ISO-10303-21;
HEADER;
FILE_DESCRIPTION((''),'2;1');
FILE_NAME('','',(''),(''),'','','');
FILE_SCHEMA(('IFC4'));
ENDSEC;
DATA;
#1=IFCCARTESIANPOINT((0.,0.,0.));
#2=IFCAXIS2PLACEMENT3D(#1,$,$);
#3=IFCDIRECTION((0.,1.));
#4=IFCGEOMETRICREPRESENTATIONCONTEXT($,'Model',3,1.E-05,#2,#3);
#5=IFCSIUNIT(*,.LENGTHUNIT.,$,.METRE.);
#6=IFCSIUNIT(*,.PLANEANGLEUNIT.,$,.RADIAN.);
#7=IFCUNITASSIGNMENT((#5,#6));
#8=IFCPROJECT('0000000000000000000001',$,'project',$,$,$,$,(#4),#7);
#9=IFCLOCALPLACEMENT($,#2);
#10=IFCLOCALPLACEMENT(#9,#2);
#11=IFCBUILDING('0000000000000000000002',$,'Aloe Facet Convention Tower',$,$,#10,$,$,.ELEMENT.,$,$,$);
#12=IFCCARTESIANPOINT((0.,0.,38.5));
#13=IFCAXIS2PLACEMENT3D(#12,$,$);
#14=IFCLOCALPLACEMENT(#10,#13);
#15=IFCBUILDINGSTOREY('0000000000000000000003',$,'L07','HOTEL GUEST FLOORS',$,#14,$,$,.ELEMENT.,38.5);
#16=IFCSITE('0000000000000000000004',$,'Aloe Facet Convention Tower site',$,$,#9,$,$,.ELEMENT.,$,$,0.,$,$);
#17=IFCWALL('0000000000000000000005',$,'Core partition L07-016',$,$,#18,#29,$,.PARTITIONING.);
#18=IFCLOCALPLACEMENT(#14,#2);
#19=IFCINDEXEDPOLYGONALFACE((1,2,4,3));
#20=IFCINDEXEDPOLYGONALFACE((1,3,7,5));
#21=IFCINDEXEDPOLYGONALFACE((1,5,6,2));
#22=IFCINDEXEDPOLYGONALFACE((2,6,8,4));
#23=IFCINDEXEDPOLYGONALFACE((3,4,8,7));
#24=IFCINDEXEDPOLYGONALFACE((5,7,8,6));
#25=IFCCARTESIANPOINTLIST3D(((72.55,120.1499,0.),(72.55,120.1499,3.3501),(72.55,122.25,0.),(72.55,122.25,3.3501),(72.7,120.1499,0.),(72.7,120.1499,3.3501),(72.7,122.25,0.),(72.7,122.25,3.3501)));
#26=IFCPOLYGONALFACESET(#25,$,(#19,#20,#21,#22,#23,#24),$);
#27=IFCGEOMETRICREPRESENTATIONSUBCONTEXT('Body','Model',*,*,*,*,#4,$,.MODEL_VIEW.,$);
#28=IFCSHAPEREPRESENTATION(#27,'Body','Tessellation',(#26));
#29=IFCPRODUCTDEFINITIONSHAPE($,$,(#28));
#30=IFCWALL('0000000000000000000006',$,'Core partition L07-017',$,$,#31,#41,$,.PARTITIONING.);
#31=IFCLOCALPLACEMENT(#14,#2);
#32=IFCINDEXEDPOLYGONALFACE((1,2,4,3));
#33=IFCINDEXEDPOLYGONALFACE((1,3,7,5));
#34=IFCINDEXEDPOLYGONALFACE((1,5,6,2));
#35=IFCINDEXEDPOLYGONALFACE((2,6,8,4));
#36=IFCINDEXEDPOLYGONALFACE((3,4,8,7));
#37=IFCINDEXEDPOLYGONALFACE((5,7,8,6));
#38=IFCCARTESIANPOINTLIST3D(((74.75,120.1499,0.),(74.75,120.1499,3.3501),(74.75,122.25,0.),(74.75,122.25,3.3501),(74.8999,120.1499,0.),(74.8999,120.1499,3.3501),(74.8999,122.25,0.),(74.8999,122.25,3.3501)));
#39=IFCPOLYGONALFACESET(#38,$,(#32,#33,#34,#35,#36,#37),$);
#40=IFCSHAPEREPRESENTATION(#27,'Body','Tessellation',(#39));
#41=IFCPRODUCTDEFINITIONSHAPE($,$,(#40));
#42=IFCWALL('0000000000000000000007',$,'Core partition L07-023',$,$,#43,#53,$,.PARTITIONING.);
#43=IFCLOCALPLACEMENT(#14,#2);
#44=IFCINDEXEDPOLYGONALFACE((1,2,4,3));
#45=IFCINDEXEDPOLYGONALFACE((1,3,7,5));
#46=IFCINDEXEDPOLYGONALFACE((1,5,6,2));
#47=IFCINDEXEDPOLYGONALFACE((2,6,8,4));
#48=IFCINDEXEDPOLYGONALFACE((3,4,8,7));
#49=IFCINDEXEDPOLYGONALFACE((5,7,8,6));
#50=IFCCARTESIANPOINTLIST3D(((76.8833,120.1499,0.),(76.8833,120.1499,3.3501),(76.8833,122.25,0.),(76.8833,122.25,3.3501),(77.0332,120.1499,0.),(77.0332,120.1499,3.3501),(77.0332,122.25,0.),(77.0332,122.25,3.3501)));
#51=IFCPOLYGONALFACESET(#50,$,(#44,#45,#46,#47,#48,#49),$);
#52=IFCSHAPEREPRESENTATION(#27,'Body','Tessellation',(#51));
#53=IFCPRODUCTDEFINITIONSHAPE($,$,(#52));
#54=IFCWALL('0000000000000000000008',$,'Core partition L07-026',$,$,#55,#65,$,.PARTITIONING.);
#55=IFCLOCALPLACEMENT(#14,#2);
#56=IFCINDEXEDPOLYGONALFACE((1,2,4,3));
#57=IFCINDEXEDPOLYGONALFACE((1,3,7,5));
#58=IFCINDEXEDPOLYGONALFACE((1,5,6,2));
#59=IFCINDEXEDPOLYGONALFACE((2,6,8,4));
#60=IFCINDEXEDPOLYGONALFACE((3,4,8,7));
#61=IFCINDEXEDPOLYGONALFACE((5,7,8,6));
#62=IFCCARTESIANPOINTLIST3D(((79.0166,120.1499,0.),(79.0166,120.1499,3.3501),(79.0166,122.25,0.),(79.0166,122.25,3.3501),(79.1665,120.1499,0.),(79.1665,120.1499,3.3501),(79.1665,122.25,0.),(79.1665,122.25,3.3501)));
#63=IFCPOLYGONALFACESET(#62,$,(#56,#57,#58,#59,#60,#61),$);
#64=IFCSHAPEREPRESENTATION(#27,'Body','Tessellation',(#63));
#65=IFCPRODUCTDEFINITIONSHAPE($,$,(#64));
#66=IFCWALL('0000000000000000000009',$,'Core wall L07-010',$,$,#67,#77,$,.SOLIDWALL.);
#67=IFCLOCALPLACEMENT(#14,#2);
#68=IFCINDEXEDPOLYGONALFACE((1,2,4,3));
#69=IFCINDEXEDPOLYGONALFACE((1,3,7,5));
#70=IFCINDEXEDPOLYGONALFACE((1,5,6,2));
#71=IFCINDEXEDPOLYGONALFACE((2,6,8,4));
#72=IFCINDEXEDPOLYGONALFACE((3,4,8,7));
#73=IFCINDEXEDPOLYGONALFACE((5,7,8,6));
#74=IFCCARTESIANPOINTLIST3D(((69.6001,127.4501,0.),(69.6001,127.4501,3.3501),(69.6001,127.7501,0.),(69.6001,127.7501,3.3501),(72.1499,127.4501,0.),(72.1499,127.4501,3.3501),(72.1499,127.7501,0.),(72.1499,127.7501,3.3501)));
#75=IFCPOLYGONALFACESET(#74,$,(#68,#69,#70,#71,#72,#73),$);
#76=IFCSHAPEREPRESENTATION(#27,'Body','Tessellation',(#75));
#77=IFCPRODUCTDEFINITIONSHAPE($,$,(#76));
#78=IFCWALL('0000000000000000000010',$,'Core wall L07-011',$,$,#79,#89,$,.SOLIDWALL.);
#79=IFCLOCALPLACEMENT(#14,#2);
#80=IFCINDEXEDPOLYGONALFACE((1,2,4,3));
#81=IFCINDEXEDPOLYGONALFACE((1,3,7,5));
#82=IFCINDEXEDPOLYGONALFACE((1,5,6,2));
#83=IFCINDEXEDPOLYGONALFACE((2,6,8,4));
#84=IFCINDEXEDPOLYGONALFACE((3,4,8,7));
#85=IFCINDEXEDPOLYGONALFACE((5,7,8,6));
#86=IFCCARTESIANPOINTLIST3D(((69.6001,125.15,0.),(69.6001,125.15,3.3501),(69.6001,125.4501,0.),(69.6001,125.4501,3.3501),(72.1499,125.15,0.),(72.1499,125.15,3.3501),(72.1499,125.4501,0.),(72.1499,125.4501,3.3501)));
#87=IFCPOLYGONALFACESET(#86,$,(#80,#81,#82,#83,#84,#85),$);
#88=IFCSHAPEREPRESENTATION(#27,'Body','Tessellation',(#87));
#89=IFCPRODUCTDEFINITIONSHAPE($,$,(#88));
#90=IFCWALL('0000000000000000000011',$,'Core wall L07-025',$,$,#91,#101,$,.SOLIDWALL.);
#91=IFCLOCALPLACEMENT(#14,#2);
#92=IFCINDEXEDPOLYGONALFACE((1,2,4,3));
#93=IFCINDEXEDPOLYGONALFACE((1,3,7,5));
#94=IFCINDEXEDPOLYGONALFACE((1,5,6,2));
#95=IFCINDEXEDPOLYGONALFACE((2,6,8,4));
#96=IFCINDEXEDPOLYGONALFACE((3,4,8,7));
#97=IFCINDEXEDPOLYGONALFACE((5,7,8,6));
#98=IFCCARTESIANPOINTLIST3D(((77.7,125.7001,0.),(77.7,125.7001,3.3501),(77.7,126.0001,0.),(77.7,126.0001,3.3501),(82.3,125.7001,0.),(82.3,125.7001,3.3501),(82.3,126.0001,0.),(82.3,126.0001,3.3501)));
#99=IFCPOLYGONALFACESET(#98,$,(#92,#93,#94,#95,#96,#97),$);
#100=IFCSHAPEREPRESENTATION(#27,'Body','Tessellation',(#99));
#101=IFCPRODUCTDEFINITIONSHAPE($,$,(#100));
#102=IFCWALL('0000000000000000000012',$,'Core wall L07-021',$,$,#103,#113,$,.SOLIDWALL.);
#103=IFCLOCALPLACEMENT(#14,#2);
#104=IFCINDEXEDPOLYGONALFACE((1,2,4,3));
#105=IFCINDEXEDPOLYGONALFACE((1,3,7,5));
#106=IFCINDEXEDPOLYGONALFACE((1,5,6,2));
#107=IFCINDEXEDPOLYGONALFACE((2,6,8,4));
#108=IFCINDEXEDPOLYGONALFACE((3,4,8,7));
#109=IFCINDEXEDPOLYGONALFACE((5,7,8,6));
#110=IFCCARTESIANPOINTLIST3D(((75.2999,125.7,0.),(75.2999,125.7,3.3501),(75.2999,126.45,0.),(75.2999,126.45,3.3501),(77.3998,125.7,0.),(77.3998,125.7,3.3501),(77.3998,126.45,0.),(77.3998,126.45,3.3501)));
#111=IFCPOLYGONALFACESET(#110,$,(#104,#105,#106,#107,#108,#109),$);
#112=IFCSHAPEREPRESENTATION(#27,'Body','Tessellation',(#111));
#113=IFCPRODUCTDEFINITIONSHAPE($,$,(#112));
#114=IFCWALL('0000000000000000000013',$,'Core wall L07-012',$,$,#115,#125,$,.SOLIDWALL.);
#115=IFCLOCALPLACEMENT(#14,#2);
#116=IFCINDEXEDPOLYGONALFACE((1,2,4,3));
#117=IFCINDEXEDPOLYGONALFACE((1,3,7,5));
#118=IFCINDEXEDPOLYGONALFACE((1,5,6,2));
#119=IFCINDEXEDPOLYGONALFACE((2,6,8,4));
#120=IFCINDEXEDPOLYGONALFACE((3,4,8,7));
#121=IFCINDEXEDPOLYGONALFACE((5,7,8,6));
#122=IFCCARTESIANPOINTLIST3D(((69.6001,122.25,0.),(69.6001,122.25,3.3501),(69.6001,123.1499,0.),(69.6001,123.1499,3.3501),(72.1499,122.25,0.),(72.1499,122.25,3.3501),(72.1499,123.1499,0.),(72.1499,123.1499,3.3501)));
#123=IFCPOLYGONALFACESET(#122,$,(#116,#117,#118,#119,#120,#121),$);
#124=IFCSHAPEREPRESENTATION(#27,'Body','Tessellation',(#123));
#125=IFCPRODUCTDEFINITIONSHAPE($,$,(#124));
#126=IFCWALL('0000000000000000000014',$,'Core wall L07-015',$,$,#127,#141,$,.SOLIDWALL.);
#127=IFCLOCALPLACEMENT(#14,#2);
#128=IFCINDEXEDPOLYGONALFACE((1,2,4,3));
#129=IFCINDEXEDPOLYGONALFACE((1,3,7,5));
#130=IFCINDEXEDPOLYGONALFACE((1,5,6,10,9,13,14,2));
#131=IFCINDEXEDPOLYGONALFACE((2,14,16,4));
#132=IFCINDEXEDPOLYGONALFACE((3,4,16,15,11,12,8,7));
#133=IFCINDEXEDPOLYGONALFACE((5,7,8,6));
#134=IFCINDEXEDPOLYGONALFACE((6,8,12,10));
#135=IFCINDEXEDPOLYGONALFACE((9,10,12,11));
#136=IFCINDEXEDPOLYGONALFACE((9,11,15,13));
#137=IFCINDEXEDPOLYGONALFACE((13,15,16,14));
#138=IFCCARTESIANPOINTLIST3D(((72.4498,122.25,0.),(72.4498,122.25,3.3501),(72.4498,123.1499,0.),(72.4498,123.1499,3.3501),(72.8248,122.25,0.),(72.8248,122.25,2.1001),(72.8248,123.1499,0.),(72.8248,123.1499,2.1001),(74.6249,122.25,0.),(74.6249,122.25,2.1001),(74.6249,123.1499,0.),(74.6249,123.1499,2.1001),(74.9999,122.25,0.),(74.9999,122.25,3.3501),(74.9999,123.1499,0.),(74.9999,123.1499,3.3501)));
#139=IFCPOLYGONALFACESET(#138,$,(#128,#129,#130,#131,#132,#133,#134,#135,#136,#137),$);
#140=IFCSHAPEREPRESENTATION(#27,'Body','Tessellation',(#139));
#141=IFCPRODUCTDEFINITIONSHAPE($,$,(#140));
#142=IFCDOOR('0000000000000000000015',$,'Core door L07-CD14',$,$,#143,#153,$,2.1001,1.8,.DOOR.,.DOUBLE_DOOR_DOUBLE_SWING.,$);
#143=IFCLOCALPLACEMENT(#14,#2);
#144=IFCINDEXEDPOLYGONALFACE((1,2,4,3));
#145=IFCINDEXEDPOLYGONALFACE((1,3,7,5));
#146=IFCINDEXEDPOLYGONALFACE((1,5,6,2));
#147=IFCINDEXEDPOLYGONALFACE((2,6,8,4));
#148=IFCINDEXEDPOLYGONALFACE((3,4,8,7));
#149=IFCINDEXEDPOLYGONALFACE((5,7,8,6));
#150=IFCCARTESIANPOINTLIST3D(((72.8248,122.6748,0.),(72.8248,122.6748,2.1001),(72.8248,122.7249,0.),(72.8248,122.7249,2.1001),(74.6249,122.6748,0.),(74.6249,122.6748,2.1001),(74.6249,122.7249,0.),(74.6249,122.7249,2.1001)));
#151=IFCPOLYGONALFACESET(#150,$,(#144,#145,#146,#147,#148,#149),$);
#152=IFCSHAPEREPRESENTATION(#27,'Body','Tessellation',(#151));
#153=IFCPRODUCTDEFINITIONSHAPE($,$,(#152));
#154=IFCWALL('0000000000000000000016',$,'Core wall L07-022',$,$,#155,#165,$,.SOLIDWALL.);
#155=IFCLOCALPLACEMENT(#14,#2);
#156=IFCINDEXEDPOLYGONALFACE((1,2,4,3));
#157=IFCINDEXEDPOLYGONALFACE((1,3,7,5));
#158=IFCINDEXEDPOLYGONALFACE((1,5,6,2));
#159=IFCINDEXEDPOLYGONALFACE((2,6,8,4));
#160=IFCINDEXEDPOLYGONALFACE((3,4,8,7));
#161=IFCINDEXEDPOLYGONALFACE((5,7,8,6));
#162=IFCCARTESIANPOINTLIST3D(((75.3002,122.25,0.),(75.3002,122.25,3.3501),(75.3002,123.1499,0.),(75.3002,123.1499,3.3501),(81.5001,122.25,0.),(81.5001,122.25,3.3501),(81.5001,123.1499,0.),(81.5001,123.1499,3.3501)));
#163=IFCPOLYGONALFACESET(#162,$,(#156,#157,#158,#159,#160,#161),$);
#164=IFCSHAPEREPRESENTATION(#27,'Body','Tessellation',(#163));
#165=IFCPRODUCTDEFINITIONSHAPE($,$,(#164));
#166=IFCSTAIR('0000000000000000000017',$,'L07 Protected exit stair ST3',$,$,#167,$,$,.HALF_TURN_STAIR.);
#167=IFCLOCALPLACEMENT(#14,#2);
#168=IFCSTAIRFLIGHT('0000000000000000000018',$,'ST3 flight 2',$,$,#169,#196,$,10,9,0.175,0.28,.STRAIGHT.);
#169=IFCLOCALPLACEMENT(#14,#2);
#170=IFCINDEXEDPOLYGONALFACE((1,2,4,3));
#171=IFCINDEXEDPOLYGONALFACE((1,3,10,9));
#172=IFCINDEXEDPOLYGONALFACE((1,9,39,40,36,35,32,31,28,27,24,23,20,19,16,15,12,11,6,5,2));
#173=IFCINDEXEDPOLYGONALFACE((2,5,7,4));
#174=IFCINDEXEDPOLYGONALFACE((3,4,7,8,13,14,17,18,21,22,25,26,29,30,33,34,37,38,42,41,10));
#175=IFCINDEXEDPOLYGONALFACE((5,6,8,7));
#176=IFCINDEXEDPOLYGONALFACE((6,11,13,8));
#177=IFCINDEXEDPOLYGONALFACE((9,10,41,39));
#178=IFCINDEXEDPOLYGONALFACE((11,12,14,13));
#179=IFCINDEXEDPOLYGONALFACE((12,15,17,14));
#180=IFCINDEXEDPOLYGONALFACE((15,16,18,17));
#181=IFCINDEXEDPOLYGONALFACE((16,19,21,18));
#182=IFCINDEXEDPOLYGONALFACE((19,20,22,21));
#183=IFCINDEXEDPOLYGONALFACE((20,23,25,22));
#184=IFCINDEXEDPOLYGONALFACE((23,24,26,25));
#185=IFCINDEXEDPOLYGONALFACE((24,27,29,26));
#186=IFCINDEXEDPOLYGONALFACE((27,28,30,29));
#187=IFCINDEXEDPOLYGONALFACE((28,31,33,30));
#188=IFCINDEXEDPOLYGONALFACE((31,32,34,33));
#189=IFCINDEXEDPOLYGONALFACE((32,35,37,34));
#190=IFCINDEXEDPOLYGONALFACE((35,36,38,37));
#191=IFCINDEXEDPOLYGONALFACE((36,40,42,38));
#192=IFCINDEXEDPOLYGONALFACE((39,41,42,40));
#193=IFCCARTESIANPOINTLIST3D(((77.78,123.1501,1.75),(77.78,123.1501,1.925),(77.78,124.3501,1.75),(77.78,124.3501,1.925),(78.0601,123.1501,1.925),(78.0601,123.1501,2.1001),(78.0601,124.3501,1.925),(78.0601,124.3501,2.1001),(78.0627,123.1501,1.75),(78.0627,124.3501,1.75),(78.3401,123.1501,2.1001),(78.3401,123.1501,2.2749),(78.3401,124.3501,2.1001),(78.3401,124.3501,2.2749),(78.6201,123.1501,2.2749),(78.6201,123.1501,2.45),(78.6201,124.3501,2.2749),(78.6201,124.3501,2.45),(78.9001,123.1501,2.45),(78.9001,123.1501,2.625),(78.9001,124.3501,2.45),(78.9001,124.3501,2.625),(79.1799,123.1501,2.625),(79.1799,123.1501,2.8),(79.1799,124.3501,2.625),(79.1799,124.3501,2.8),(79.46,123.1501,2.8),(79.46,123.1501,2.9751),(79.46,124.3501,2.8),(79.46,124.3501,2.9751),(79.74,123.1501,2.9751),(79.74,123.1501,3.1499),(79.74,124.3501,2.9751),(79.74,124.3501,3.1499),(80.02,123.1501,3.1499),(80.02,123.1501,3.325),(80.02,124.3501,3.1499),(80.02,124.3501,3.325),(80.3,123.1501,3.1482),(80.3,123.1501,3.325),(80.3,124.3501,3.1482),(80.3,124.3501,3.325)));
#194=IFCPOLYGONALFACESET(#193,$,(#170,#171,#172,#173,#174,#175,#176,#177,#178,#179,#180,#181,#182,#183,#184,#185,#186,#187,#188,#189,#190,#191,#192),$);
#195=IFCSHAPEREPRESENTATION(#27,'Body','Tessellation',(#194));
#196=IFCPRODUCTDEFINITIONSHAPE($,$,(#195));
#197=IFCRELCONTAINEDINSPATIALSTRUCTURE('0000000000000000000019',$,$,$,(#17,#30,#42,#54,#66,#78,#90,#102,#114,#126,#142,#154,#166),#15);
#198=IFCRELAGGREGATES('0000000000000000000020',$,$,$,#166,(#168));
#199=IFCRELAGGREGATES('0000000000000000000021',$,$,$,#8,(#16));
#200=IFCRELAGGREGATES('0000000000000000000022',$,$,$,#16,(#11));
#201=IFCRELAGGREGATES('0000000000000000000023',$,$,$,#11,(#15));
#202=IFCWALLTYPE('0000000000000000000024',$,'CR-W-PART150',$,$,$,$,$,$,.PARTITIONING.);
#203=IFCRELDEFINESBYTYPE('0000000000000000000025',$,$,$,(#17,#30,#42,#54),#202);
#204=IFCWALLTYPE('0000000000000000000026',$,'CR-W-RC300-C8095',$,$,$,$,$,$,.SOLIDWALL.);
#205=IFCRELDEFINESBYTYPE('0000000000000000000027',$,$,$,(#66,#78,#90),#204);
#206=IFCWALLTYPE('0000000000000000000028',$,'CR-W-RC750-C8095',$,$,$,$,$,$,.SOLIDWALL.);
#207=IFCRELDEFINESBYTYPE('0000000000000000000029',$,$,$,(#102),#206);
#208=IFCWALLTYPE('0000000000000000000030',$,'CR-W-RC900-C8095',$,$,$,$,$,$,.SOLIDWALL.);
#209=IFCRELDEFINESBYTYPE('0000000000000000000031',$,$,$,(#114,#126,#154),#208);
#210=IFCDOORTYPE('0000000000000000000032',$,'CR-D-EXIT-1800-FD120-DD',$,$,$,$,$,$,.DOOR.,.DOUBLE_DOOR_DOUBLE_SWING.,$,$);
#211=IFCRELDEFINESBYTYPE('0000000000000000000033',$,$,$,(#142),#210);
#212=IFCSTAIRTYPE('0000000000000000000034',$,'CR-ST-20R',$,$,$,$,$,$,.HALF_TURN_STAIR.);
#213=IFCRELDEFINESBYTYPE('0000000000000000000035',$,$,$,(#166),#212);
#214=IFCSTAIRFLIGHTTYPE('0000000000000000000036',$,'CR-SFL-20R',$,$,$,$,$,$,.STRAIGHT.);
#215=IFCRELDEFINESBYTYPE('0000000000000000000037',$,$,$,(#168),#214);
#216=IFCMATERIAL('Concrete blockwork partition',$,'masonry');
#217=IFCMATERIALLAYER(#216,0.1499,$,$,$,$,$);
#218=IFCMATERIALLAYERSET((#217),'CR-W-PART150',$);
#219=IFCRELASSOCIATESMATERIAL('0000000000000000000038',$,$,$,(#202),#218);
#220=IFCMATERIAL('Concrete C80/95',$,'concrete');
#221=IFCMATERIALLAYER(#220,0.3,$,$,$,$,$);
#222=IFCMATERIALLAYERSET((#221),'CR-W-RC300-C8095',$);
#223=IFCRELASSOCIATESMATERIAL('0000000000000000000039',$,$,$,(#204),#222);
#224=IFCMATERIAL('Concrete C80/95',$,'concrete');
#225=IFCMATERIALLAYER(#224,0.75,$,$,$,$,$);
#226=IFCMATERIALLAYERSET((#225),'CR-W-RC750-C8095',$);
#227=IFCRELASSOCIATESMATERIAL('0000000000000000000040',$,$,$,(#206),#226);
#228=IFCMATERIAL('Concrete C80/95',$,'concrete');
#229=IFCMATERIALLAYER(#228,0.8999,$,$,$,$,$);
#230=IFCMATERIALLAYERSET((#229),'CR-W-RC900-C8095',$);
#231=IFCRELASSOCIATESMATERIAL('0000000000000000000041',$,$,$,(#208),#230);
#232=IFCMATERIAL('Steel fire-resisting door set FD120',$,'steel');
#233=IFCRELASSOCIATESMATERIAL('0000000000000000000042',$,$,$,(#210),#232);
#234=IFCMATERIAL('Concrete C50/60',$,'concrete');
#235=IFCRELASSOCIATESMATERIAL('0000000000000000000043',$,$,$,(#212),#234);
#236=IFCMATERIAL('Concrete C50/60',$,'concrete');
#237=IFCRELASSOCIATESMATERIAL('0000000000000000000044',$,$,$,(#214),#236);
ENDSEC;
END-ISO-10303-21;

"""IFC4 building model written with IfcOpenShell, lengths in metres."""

from ifc_helpers import new_model, si_unit, direction, frame, frame_2d, origin, place, context, subcontext, project, spatial, polyline, rectangle, outline, extrude, material, layer, layer_set, type_object, element, fill, aggregate, save


model = new_model("IFC4")

# Units and contexts
model_context = context("Model", 3, precision=1e-05, world=origin(), true_north=direction((0.0, 1.0)))
body_context = subcontext(model_context, "Body", "Model", "MODEL_VIEW")
ifc_project = project(units=[si_unit("LENGTHUNIT", "METRE"), si_unit("PLANEANGLEUNIT", "RADIAN")], contexts=[model_context])

# Site, building, storey
site_placement = place(None, origin())
site = spatial("IfcSite", under=ifc_project, at=site_placement, Name="Aloe Facet Convention Tower site", CompositionType="ELEMENT", RefElevation=0.0)
building_placement = place(site_placement, origin())
building = spatial("IfcBuilding", under=site, at=building_placement, Name="Aloe Facet Convention Tower", CompositionType="ELEMENT")
storey_placement = place(building_placement, frame((0.0, 0.0, 38.5)))
storey = spatial("IfcBuildingStorey", under=building, at=storey_placement, Name="L07", Description="HOTEL GUEST FLOORS", CompositionType="ELEMENT", Elevation=38.5)

# Walls
ifc_material_1 = material(Name="Concrete blockwork partition", Category="masonry")
ifc_layer_1 = layer(ifc_material_1, 0.1499)
ifc_layer_set_1 = layer_set([ifc_layer_1], Name="CR-W-PART150")
wall_type_1 = type_object("IfcWallType", Name="CR-W-PART150", PredefinedType="PARTITIONING", material=ifc_layer_set_1)
for number, where, z_axis, x_axis, name in (
    (1, (72.625, 122.25, 0.0), (0.0, 0.0, 1.0), (0.0, -1.0, 0.0), "Core partition L07-016"),
    (2, (74.825, 122.25, 0.0), (0.0, 0.0, 1.0), (0.0, -1.0, 0.0), "Core partition L07-017"),
    (3, (76.9583, 122.25, 0.0), (0.0, 0.0, 1.0), (0.0, -1.0, 0.0), "Core partition L07-023"),
    (4, (79.0916, 122.25, 0.0), (0.0, 0.0, 1.0), (0.0, -1.0, 0.0), "Core partition L07-026"),
):
    element("IfcWall", number, at=place(storey_placement, frame(where, z_axis=z_axis, x_axis=x_axis)), inside=storey, type_object=wall_type_1, Name=name, PredefinedType="PARTITIONING", context=body_context, shape_type="SweptSolid", body=[
        extrude(rectangle(XDim=2.1001, YDim=0.1499, at=frame_2d((1.05, 0.0))), origin(), (0.0, 0.0, 1.0), 3.3501),
    ])
ifc_material_2 = material(Name="Concrete C80/95", Category="concrete")
ifc_layer_2 = layer(ifc_material_2, 0.3)
ifc_layer_set_2 = layer_set([ifc_layer_2], Name="CR-W-RC300-C8095")
wall_type_2 = type_object("IfcWallType", Name="CR-W-RC300-C8095", PredefinedType="SOLIDWALL", material=ifc_layer_set_2)
for number, where, z_axis, x_axis, name in (
    (5, (69.6001, 127.6001, 0.0), (0.0, 0.0, 1.0), (1.0, 0.0, 0.0), "Core wall L07-010"),
    (6, (69.6001, 125.3, 0.0), (0.0, 0.0, 1.0), (1.0, 0.0, 0.0), "Core wall L07-011"),
):
    element("IfcWall", number, at=place(storey_placement, frame(where, z_axis=z_axis, x_axis=x_axis)), inside=storey, type_object=wall_type_2, Name=name, PredefinedType="SOLIDWALL", context=body_context, shape_type="SweptSolid", body=[
        extrude(rectangle(XDim=2.5498, YDim=0.3, at=frame_2d((1.2749, 0.0))), origin(), (0.0, 0.0, 1.0), 3.3501),
    ])
wall_1_placement = place(storey_placement, frame((77.7, 125.8501, 0.0), z_axis=(0.0, 0.0, 1.0), x_axis=(1.0, 0.0, 0.0)))
element("IfcWall", 7, at=wall_1_placement, inside=storey, type_object=wall_type_2, Name="Core wall L07-025", PredefinedType="SOLIDWALL", context=body_context, shape_type="SweptSolid", body=[
    extrude(rectangle(XDim=4.6001, YDim=0.3, at=frame_2d((2.3, 0.0))), origin(), (0.0, 0.0, 1.0), 3.3501),
])
ifc_material_3 = material(Name="Concrete C80/95", Category="concrete")
ifc_layer_3 = layer(ifc_material_3, 0.75)
ifc_layer_set_3 = layer_set([ifc_layer_3], Name="CR-W-RC750-C8095")
wall_type_3 = type_object("IfcWallType", Name="CR-W-RC750-C8095", PredefinedType="SOLIDWALL", material=ifc_layer_set_3)
wall_2_placement = place(storey_placement, frame((75.3, 126.075, 0.0), z_axis=(0.0, 0.0, 1.0), x_axis=(1.0, 0.0, 0.0)))
element("IfcWall", 8, at=wall_2_placement, inside=storey, type_object=wall_type_3, Name="Core wall L07-021", PredefinedType="SOLIDWALL", context=body_context, shape_type="SweptSolid", body=[
    extrude(rectangle(XDim=2.0999, YDim=0.75, at=frame_2d((1.0498, 0.0))), origin(), (0.0, 0.0, 1.0), 3.3501),
])
ifc_material_4 = material(Name="Concrete C80/95", Category="concrete")
ifc_layer_4 = layer(ifc_material_4, 0.8999)
ifc_layer_set_4 = layer_set([ifc_layer_4], Name="CR-W-RC900-C8095")
wall_type_4 = type_object("IfcWallType", Name="CR-W-RC900-C8095", PredefinedType="SOLIDWALL", material=ifc_layer_set_4)
wall_3_placement = place(storey_placement, frame((69.6001, 122.7, 0.0), z_axis=(0.0, 0.0, 1.0), x_axis=(1.0, 0.0, 0.0)))
element("IfcWall", 9, at=wall_3_placement, inside=storey, type_object=wall_type_4, Name="Core wall L07-012", PredefinedType="SOLIDWALL", context=body_context, shape_type="SweptSolid", body=[
    extrude(rectangle(XDim=2.5498, YDim=0.8999, at=frame_2d((1.2749, 0.0))), origin(), (0.0, 0.0, 1.0), 3.3501),
])

# Wall, opening, door
wall_4_placement = place(storey_placement, frame((72.45, 122.7, 0.0), z_axis=(0.0, 0.0, 1.0), x_axis=(1.0, 0.0, 0.0)))
wall_4 = element("IfcWall", 10, at=wall_4_placement, inside=storey, type_object=wall_type_4, Name="Core wall L07-015", PredefinedType="SOLIDWALL", context=body_context, shape_type="SweptSolid", body=[
    extrude(rectangle(XDim=2.55, YDim=0.8999, at=frame_2d((1.2749, 0.0))), origin(), (0.0, 0.0, 1.0), 3.3501),
])
opening_placement = place(wall_4_placement, frame((0.375, 0.0, 0.0)))
opening = element("IfcOpeningElement", 11, at=opening_placement, cuts=wall_4, PredefinedType="OPENING", context=body_context, shape_type="SweptSolid", body=[
    extrude(rectangle(XDim=1.8, YDim=2.1001, at=frame_2d((0.8999, 1.05))), frame((0.0, 0.46, 0.0), z_axis=(0.0, -1.0, 0.0), x_axis=(1.0, 0.0, 0.0)), (0.0, 0.0, 1.0), 0.9199),
])
ifc_material_5 = material(Name="Steel fire-resisting door set FD120", Category="steel")
door_type = type_object("IfcDoorType", Name="CR-D-EXIT-1800-FD120-DD", OperationType="DOUBLE_DOOR_DOUBLE_SWING", PredefinedType="DOOR", material=ifc_material_5)
door_placement = place(opening_placement, origin())
door = element("IfcDoor", 12, at=door_placement, inside=storey, type_object=door_type, Name="Core door L07-CD14", OperationType="DOUBLE_DOOR_DOUBLE_SWING", OverallHeight=2.1001, OverallWidth=1.8, PredefinedType="DOOR", context=body_context, shape_type="SweptSolid", body=[
    extrude(rectangle(XDim=1.8, YDim=2.1001, at=frame_2d((0.8999, 1.05))), frame((0.0, 0.0249, 0.0), z_axis=(0.0, -1.0, 0.0), x_axis=(1.0, 0.0, 0.0)), (0.0, 0.0, 1.0), 0.05),
])
fill(opening, door)

# Wall
wall_5_placement = place(storey_placement, frame((75.3, 122.7, 0.0), z_axis=(0.0, 0.0, 1.0), x_axis=(1.0, 0.0, 0.0)))
element("IfcWall", 13, at=wall_5_placement, inside=storey, type_object=wall_type_4, Name="Core wall L07-022", PredefinedType="SOLIDWALL", context=body_context, shape_type="SweptSolid", body=[
    extrude(rectangle(XDim=6.2, YDim=0.8999, at=frame_2d((3.1001, 0.0))), origin(), (0.0, 0.0, 1.0), 3.3501),
])

# Stair, stair flight
ifc_material_6 = material(Name="Concrete C50/60", Category="concrete")
stair_type = type_object("IfcStairType", Name="CR-ST-20R", PredefinedType="HALF_TURN_STAIR", material=ifc_material_6)
stair_placement = place(storey_placement, origin())
stair = element("IfcStair", 14, at=stair_placement, inside=storey, type_object=stair_type, Name="L07 Protected exit stair ST3", PredefinedType="HALF_TURN_STAIR")
ifc_material_7 = material(Name="Concrete C50/60", Category="concrete")
stair_flight_type = type_object("IfcStairFlightType", Name="CR-SFL-20R", PredefinedType="STRAIGHT", material=ifc_material_7)
stair_flight_placement = place(storey_placement, frame((77.78, 123.75, 1.75), z_axis=(0.0, 0.0, 1.0), x_axis=(1.0, 0.0, 0.0)))
stair_flight = element("IfcStairFlight", 15, at=stair_flight_placement, type_object=stair_flight_type, Name="ST3 flight 2", NumberOfRisers=10, NumberOfTreads=9, PredefinedType="STRAIGHT", RiserHeight=0.175, TreadLength=0.28, context=body_context, shape_type="SweptSolid", body=[
    extrude(outline(polyline([(0.0, 0.0), (0.0, 0.175), (0.28, 0.175), (0.28, 0.3501), (0.5601, 0.3501), (0.5601, 0.5249), (0.8401, 0.5249), (0.8401, 0.7), (1.1201, 0.7), (1.1201, 0.875), (1.3999, 0.875), (1.3999, 1.05), (1.6799, 1.05), (1.6799, 1.2251), (1.96, 1.2251), (1.96, 1.3999), (2.24, 1.3999), (2.24, 1.575), (2.52, 1.575), (2.52, 1.75), (2.52, 1.3982), (0.2827, 0.0), (0.0, 0.0)])), frame((0.0, 0.6001, 0.0), z_axis=(0.0, -1.0, 0.0), x_axis=(1.0, 0.0, 0.0)), (0.0, 0.0, 1.0), 1.2),
])
aggregate(stair, [stair_flight])

save(model, "model.ifc")
